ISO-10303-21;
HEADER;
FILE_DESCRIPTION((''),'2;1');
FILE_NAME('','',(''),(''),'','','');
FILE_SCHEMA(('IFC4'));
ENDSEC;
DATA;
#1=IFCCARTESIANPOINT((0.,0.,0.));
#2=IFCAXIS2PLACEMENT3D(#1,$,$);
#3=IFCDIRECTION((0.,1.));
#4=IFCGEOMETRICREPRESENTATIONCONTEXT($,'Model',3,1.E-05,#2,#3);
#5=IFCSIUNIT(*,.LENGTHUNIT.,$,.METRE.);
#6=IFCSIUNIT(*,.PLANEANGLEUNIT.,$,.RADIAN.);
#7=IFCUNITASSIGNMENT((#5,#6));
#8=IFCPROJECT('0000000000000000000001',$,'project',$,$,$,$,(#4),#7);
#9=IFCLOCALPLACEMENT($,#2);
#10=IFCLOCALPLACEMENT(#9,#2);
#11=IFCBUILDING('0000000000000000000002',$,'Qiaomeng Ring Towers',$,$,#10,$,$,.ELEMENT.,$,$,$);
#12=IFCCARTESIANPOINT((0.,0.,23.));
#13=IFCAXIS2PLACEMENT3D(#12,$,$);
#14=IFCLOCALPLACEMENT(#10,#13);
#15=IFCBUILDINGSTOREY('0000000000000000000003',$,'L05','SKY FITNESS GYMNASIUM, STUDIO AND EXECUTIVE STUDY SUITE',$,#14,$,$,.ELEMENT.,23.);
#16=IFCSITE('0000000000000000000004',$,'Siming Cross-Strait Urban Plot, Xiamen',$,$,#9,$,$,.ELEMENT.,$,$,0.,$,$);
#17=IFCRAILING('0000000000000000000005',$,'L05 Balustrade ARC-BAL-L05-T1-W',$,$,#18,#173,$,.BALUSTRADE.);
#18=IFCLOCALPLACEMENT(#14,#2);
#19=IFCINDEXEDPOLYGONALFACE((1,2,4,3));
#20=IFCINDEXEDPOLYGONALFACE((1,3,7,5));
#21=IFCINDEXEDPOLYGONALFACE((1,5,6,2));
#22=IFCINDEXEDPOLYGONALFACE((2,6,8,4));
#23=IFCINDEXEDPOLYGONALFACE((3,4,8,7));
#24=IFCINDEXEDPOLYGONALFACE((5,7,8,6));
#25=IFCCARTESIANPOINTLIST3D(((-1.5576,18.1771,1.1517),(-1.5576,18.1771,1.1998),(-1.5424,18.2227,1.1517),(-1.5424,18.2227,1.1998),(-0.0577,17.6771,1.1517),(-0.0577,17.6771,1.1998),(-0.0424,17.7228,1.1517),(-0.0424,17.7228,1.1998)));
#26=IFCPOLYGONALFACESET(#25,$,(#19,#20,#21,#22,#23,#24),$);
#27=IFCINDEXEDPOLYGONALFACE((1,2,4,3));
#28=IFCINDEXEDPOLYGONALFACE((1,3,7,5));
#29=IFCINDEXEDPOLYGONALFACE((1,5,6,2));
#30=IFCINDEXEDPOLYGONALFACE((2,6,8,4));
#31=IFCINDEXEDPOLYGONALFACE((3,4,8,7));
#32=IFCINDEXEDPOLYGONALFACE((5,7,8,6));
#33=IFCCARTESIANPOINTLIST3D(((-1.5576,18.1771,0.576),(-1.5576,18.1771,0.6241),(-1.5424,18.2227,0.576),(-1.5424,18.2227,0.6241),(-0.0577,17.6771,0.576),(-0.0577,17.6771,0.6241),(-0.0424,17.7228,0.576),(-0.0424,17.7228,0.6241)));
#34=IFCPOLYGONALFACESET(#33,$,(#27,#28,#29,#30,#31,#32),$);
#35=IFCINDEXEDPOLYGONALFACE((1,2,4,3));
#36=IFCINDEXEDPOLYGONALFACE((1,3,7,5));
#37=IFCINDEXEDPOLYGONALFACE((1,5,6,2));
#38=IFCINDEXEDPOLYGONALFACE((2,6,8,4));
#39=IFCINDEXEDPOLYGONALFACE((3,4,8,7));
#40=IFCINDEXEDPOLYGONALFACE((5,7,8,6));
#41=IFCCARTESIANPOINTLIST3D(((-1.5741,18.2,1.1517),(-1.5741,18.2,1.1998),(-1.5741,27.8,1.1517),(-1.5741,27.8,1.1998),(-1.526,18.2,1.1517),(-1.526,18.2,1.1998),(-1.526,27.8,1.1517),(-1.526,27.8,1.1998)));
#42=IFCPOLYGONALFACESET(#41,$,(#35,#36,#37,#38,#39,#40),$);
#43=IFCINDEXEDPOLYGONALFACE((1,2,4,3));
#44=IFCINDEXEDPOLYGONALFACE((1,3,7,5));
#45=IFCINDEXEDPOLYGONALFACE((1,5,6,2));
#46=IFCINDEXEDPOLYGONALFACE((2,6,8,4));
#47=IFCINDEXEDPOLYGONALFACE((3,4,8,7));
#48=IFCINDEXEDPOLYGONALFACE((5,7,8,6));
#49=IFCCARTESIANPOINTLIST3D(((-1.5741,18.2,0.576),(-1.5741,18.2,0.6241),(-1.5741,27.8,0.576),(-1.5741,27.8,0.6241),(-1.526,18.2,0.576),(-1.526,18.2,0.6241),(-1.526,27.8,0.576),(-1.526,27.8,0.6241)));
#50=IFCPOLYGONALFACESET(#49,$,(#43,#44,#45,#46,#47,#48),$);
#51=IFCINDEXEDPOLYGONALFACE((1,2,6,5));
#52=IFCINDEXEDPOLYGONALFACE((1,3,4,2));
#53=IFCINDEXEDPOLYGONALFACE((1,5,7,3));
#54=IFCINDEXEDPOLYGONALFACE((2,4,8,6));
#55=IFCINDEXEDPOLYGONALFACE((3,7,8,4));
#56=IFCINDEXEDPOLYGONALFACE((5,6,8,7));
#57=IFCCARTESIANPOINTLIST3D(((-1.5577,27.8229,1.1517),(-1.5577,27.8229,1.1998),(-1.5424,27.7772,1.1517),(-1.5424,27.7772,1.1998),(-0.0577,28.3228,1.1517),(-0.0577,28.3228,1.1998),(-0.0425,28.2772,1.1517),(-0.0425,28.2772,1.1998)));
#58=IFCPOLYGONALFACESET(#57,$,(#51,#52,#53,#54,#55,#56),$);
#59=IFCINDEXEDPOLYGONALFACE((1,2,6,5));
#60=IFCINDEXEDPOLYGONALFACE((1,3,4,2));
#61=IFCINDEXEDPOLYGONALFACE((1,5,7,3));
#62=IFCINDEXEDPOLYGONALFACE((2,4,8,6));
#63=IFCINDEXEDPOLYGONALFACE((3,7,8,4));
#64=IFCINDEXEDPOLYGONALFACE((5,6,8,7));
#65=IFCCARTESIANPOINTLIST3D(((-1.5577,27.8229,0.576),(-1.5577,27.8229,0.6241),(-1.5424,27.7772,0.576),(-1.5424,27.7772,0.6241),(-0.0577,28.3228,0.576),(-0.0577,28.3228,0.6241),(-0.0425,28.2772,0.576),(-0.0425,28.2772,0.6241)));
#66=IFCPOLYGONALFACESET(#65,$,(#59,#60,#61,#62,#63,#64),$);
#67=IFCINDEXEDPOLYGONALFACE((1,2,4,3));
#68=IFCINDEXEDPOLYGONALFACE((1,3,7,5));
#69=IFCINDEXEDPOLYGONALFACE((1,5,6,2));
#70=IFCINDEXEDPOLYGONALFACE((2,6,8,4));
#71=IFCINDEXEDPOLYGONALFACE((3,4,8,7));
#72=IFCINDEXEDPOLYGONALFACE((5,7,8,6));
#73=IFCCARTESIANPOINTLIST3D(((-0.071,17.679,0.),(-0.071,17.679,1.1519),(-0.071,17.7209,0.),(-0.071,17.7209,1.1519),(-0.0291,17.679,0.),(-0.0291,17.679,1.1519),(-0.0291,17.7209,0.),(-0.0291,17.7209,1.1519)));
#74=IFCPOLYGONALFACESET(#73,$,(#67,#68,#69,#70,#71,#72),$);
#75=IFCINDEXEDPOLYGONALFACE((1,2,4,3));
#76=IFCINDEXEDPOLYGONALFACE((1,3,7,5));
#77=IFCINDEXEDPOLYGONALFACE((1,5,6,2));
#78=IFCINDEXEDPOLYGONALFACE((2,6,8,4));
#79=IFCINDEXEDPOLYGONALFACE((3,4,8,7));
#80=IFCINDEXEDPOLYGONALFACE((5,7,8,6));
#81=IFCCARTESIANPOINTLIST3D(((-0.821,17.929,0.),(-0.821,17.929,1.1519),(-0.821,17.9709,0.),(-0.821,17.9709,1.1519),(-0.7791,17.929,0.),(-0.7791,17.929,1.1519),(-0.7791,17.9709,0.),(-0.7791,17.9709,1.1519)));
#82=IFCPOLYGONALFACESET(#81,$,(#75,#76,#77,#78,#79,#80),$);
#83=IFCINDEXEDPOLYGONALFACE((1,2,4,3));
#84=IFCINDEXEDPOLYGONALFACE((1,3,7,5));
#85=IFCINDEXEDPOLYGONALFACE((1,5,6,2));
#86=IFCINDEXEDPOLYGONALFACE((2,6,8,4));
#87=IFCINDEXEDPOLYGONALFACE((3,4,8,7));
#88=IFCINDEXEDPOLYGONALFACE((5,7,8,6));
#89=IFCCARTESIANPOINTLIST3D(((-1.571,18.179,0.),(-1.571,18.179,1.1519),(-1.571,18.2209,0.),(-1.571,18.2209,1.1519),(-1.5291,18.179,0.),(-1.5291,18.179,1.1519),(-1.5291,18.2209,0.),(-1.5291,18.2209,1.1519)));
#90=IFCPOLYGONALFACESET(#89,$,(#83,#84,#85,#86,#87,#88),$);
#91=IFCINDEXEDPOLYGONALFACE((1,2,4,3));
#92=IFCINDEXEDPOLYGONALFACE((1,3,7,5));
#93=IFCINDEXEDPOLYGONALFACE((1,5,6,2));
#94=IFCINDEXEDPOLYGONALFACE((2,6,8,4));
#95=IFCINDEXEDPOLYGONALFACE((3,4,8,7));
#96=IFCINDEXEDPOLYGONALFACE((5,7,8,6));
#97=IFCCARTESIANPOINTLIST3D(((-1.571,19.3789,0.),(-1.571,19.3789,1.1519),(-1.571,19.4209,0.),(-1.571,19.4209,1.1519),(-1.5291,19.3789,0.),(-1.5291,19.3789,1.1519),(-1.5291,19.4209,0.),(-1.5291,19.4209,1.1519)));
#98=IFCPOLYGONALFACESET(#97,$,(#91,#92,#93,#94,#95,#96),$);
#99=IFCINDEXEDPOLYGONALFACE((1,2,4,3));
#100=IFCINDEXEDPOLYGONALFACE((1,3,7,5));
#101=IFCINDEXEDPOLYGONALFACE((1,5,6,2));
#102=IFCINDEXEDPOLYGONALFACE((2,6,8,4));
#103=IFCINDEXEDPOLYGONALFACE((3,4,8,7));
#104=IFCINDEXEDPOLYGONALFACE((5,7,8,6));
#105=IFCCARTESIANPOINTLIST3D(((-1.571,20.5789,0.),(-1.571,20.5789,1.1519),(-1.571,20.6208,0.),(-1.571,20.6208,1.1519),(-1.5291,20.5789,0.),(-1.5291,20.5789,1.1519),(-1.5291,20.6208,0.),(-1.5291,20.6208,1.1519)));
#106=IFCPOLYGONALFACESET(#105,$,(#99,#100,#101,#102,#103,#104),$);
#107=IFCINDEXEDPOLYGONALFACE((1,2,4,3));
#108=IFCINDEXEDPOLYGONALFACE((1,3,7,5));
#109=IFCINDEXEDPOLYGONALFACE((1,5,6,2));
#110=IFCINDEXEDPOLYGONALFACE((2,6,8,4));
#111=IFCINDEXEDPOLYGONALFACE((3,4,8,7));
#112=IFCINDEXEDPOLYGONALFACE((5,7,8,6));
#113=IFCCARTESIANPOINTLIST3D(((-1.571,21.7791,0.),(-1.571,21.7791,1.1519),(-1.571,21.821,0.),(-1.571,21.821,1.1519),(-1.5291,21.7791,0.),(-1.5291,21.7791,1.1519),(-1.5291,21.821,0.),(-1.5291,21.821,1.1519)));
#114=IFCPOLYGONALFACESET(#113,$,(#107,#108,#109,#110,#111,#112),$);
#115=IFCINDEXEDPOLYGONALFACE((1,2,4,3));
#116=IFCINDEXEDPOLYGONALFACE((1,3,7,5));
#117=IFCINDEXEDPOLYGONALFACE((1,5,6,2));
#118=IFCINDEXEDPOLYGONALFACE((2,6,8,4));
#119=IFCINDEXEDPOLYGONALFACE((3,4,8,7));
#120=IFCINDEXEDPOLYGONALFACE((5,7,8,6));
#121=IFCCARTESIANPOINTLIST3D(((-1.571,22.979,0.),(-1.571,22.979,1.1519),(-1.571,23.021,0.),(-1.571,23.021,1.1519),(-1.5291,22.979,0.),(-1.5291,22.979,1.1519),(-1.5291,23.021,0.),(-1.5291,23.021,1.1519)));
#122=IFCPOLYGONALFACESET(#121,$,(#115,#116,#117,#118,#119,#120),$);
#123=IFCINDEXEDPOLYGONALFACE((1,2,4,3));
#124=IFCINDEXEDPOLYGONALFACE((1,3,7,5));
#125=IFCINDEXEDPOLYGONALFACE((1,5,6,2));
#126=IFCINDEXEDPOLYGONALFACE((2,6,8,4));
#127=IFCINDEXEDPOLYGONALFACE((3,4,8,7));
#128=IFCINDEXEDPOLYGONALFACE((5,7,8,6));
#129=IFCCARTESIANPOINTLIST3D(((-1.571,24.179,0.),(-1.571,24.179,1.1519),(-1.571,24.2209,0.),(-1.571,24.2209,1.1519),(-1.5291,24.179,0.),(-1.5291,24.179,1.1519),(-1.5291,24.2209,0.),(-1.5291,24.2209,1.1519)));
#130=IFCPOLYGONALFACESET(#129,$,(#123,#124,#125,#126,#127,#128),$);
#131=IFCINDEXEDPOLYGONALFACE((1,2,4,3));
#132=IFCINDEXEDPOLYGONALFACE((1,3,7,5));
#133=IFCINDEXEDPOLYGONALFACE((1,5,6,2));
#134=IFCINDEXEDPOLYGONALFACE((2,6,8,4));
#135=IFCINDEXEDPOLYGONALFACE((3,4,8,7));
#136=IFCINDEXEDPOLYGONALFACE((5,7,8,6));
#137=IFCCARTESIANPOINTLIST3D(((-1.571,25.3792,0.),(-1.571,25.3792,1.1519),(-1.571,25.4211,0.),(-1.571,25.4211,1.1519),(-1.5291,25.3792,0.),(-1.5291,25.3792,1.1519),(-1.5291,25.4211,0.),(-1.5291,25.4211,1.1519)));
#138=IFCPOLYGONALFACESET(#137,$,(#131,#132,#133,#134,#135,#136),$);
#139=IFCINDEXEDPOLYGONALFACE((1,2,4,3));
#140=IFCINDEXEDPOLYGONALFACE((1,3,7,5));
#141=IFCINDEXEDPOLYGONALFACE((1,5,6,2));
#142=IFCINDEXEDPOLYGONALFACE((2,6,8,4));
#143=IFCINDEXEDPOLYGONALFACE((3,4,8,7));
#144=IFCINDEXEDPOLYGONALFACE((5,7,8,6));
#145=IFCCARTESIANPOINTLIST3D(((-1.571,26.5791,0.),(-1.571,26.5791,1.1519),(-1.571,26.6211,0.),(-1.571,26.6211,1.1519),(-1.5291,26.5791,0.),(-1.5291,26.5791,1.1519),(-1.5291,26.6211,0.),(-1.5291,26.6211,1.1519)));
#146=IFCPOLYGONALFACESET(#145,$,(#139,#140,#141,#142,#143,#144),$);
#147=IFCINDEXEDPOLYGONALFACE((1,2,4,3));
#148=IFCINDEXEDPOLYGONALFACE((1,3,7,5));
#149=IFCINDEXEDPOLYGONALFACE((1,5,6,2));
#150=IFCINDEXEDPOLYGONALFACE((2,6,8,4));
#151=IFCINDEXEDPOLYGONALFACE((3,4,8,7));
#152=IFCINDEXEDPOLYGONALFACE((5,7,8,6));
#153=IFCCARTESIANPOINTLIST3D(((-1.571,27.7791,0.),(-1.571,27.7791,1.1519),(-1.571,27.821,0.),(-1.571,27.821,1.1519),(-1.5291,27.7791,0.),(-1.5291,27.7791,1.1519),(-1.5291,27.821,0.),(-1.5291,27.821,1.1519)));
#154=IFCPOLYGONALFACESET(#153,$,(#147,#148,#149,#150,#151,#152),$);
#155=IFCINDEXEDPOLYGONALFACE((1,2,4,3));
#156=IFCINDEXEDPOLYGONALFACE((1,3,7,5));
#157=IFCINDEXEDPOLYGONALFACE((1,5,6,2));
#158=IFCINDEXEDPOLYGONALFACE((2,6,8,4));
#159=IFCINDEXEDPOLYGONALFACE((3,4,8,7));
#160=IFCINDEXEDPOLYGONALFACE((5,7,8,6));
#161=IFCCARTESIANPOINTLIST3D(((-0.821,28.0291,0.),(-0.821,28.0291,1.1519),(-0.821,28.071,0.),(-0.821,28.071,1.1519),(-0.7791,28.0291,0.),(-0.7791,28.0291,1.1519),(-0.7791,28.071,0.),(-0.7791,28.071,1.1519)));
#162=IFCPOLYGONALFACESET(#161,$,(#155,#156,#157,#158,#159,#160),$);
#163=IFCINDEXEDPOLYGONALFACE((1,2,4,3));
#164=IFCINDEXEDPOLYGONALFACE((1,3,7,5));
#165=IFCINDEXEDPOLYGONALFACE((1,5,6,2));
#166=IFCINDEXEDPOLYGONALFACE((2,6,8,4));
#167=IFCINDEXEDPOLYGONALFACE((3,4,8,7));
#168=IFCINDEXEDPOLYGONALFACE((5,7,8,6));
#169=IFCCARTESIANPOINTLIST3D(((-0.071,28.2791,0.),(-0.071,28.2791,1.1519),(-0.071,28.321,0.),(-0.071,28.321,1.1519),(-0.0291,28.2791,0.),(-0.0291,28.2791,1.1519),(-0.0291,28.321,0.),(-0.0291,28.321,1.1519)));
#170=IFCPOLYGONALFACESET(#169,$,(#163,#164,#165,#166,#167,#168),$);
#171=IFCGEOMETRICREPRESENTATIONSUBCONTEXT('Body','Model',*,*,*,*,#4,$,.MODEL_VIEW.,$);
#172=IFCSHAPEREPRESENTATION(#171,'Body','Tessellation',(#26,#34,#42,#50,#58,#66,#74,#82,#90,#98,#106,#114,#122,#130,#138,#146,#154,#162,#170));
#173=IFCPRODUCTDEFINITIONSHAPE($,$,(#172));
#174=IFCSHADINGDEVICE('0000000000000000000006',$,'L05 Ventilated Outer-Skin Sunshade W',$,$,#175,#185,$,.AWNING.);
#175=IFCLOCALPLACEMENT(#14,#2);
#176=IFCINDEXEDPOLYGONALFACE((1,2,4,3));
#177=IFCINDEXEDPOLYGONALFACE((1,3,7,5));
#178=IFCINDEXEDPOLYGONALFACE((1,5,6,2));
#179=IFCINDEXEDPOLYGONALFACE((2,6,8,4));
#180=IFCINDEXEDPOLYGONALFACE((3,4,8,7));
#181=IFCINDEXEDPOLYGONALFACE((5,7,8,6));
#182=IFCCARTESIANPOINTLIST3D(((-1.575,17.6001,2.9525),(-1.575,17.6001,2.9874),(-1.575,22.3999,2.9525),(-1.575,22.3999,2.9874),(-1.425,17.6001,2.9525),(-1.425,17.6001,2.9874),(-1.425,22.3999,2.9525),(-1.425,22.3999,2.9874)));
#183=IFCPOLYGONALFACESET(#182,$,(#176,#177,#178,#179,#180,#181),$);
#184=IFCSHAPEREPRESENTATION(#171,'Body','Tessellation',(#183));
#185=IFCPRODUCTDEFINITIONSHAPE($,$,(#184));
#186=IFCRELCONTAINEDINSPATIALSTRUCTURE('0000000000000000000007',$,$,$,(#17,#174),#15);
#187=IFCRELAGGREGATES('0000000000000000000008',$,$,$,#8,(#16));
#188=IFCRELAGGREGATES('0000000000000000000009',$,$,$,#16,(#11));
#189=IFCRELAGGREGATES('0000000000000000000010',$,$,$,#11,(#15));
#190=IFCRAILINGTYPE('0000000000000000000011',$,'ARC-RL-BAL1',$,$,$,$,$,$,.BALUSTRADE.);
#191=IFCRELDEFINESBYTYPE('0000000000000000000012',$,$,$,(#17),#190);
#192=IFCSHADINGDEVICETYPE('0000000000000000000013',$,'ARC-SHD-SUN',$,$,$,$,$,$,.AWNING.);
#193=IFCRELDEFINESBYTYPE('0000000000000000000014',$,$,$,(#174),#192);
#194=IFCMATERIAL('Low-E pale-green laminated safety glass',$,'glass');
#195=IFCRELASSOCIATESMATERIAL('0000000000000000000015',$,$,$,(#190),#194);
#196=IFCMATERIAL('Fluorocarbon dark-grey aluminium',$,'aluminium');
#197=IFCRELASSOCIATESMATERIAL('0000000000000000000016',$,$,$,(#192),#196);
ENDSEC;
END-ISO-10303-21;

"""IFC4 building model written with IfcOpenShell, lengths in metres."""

from ifc_helpers import new_model, si_unit, direction, frame, origin, origin_2d, place, context, subcontext, project, spatial, rectangle, extrude, source, transform, mapped, material, material_profile, profile_set, type_object, element, save


model = new_model("IFC4")

# Units and contexts
model_context = context("Model", 3, precision=1e-05, world=origin(), true_north=direction((0.0, 1.0)))
body_context = subcontext(model_context, "Body", "Model", "MODEL_VIEW")
ifc_project = project(units=[si_unit("LENGTHUNIT", "METRE"), si_unit("PLANEANGLEUNIT", "RADIAN")], contexts=[model_context])

# Site, building, storey
site_placement = place(None, origin())
site = spatial("IfcSite", under=ifc_project, at=site_placement, Name="Siming Cross-Strait Urban Plot, Xiamen", CompositionType="ELEMENT", RefElevation=0.0)
building_placement = place(site_placement, origin())
building = spatial("IfcBuilding", under=site, at=building_placement, Name="Qiaomeng Ring Towers", CompositionType="ELEMENT")
storey_placement = place(building_placement, frame((0.0, 0.0, 23.0)))
storey = spatial("IfcBuildingStorey", under=building, at=storey_placement, Name="L05", Description="SKY FITNESS GYMNASIUM, STUDIO AND EXECUTIVE STUDY SUITE", CompositionType="ELEMENT", Elevation=23.0)

# Shared definitions
ifc_material_1 = material(Name="Fluorocarbon dark-grey aluminium", Category="aluminium")

# Railing
ifc_material_2 = material(Name="Low-E pale-green laminated safety glass", Category="glass")
railing_type = type_object("IfcRailingType", Name="ARC-RL-BAL1", PredefinedType="BALUSTRADE", material=ifc_material_2)
railing_1_placement = place(storey_placement, frame((-0.05, 17.7, 0.0)))
element("IfcRailing", 1, at=railing_1_placement, inside=storey, type_object=railing_type, Name="L05 Balustrade ARC-BAL-L05-T1-W", PredefinedType="BALUSTRADE", context=body_context, shape_type="SweptSolid", body=[
    extrude(rectangle(XDim=0.0481, YDim=0.0481, at=origin_2d()), frame((0.0, 0.0, 1.1758), z_axis=(-0.948683, 0.316228, 0.0), x_axis=(-0.316228, -0.948683, 0.0)), (0.0, 0.0, 1.0), 1.5811),
    extrude(rectangle(XDim=0.0481, YDim=0.0481, at=origin_2d()), frame((0.0, 0.0, 0.6001), z_axis=(-0.948683, 0.316228, 0.0), x_axis=(-0.316228, -0.948683, 0.0)), (0.0, 0.0, 1.0), 1.5811),
    extrude(rectangle(XDim=0.0481, YDim=0.0481, at=origin_2d()), frame((-1.5, 0.5, 1.1758), z_axis=(0.0, 1.0, 0.0), x_axis=(-1.0, 0.0, 0.0)), (0.0, 0.0, 1.0), 9.6001),
    extrude(rectangle(XDim=0.0481, YDim=0.0481, at=origin_2d()), frame((-1.5, 0.5, 0.6001), z_axis=(0.0, 1.0, 0.0), x_axis=(-1.0, 0.0, 0.0)), (0.0, 0.0, 1.0), 9.6001),
    extrude(rectangle(XDim=0.0481, YDim=0.0481, at=origin_2d()), frame((-1.5, 10.1001, 1.1758), z_axis=(0.948683, 0.316228, 0.0), x_axis=(-0.316228, 0.948683, 0.0)), (0.0, 0.0, 1.0), 1.5811),
    extrude(rectangle(XDim=0.0481, YDim=0.0481, at=origin_2d()), frame((-1.5, 10.1001, 0.6001), z_axis=(0.948683, 0.316228, 0.0), x_axis=(-0.316228, 0.948683, 0.0)), (0.0, 0.0, 1.0), 1.5811),
    extrude(rectangle(XDim=0.042, YDim=0.042, at=origin_2d()), origin(), (0.0, 0.0, 1.0), 1.1519),
    extrude(rectangle(XDim=0.042, YDim=0.042, at=origin_2d()), frame((-0.75, 0.25, 0.0)), (0.0, 0.0, 1.0), 1.1519),
    extrude(rectangle(XDim=0.042, YDim=0.042, at=origin_2d()), frame((-1.5, 0.5, 0.0)), (0.0, 0.0, 1.0), 1.1519),
    extrude(rectangle(XDim=0.042, YDim=0.042, at=origin_2d()), frame((-1.5, 1.7, 0.0)), (0.0, 0.0, 1.0), 1.1519),
    extrude(rectangle(XDim=0.042, YDim=0.042, at=origin_2d()), frame((-1.5, 2.8999, 0.0)), (0.0, 0.0, 1.0), 1.1519),
    extrude(rectangle(XDim=0.042, YDim=0.042, at=origin_2d()), frame((-1.5, 4.1001, 0.0)), (0.0, 0.0, 1.0), 1.1519),
    extrude(rectangle(XDim=0.042, YDim=0.042, at=origin_2d()), frame((-1.5, 5.3, 0.0)), (0.0, 0.0, 1.0), 1.1519),
    extrude(rectangle(XDim=0.042, YDim=0.042, at=origin_2d()), frame((-1.5, 6.5, 0.0)), (0.0, 0.0, 1.0), 1.1519),
    extrude(rectangle(XDim=0.042, YDim=0.042, at=origin_2d()), frame((-1.5, 7.7002, 0.0)), (0.0, 0.0, 1.0), 1.1519),
    extrude(rectangle(XDim=0.042, YDim=0.042, at=origin_2d()), frame((-1.5, 8.9001, 0.0)), (0.0, 0.0, 1.0), 1.1519),
    extrude(rectangle(XDim=0.042, YDim=0.042, at=origin_2d()), frame((-1.5, 10.1001, 0.0)), (0.0, 0.0, 1.0), 1.1519),
    extrude(rectangle(XDim=0.042, YDim=0.042, at=origin_2d()), frame((-0.75, 10.3501, 0.0)), (0.0, 0.0, 1.0), 1.1519),
    extrude(rectangle(XDim=0.042, YDim=0.042, at=origin_2d()), frame((0.0, 10.6001, 0.0)), (0.0, 0.0, 1.0), 1.1519),
])

# Shading device
ifc_material_profile_1 = material_profile(ifc_material_1, rectangle(XDim=0.1499, YDim=0.0349, at=origin_2d()), Name="LV BLADE 150x35")
ifc_profile_set_1 = profile_set([ifc_material_profile_1], Name="Fluorocarbon dark-grey aluminium")
shading_device_type = type_object("IfcShadingDeviceType", Name="ARC-SHD-SUN", PredefinedType="AWNING", material=ifc_profile_set_1)
shared_shape_1 = source(origin(), body_context, "Body", "SweptSolid", [
    extrude(rectangle(XDim=0.1499, YDim=0.0349, at=origin_2d()), origin(), (0.0, 0.0, 1.0), 4.7998),
])
shading_device_placement = place(storey_placement, frame((-1.5, 17.6001, 2.97), z_axis=(0.0, 1.0, 0.0), x_axis=(-1.0, 0.0, 0.0)))
element("IfcShadingDevice", 2, at=shading_device_placement, inside=storey, type_object=shading_device_type, Name="L05 Ventilated Outer-Skin Sunshade W", PredefinedType="AWNING", context=body_context, shape_type="MappedRepresentation", body=[
    mapped(shared_shape_1, transform((0.0, 0.0, 0.0), x_axis=(1.0, 0.0, 0.0), y_axis=(0.0, 1.0, 0.0), z_axis=(0.0, 0.0, 1.0), scale=1.0)),
])

save(model, "model.ifc")
